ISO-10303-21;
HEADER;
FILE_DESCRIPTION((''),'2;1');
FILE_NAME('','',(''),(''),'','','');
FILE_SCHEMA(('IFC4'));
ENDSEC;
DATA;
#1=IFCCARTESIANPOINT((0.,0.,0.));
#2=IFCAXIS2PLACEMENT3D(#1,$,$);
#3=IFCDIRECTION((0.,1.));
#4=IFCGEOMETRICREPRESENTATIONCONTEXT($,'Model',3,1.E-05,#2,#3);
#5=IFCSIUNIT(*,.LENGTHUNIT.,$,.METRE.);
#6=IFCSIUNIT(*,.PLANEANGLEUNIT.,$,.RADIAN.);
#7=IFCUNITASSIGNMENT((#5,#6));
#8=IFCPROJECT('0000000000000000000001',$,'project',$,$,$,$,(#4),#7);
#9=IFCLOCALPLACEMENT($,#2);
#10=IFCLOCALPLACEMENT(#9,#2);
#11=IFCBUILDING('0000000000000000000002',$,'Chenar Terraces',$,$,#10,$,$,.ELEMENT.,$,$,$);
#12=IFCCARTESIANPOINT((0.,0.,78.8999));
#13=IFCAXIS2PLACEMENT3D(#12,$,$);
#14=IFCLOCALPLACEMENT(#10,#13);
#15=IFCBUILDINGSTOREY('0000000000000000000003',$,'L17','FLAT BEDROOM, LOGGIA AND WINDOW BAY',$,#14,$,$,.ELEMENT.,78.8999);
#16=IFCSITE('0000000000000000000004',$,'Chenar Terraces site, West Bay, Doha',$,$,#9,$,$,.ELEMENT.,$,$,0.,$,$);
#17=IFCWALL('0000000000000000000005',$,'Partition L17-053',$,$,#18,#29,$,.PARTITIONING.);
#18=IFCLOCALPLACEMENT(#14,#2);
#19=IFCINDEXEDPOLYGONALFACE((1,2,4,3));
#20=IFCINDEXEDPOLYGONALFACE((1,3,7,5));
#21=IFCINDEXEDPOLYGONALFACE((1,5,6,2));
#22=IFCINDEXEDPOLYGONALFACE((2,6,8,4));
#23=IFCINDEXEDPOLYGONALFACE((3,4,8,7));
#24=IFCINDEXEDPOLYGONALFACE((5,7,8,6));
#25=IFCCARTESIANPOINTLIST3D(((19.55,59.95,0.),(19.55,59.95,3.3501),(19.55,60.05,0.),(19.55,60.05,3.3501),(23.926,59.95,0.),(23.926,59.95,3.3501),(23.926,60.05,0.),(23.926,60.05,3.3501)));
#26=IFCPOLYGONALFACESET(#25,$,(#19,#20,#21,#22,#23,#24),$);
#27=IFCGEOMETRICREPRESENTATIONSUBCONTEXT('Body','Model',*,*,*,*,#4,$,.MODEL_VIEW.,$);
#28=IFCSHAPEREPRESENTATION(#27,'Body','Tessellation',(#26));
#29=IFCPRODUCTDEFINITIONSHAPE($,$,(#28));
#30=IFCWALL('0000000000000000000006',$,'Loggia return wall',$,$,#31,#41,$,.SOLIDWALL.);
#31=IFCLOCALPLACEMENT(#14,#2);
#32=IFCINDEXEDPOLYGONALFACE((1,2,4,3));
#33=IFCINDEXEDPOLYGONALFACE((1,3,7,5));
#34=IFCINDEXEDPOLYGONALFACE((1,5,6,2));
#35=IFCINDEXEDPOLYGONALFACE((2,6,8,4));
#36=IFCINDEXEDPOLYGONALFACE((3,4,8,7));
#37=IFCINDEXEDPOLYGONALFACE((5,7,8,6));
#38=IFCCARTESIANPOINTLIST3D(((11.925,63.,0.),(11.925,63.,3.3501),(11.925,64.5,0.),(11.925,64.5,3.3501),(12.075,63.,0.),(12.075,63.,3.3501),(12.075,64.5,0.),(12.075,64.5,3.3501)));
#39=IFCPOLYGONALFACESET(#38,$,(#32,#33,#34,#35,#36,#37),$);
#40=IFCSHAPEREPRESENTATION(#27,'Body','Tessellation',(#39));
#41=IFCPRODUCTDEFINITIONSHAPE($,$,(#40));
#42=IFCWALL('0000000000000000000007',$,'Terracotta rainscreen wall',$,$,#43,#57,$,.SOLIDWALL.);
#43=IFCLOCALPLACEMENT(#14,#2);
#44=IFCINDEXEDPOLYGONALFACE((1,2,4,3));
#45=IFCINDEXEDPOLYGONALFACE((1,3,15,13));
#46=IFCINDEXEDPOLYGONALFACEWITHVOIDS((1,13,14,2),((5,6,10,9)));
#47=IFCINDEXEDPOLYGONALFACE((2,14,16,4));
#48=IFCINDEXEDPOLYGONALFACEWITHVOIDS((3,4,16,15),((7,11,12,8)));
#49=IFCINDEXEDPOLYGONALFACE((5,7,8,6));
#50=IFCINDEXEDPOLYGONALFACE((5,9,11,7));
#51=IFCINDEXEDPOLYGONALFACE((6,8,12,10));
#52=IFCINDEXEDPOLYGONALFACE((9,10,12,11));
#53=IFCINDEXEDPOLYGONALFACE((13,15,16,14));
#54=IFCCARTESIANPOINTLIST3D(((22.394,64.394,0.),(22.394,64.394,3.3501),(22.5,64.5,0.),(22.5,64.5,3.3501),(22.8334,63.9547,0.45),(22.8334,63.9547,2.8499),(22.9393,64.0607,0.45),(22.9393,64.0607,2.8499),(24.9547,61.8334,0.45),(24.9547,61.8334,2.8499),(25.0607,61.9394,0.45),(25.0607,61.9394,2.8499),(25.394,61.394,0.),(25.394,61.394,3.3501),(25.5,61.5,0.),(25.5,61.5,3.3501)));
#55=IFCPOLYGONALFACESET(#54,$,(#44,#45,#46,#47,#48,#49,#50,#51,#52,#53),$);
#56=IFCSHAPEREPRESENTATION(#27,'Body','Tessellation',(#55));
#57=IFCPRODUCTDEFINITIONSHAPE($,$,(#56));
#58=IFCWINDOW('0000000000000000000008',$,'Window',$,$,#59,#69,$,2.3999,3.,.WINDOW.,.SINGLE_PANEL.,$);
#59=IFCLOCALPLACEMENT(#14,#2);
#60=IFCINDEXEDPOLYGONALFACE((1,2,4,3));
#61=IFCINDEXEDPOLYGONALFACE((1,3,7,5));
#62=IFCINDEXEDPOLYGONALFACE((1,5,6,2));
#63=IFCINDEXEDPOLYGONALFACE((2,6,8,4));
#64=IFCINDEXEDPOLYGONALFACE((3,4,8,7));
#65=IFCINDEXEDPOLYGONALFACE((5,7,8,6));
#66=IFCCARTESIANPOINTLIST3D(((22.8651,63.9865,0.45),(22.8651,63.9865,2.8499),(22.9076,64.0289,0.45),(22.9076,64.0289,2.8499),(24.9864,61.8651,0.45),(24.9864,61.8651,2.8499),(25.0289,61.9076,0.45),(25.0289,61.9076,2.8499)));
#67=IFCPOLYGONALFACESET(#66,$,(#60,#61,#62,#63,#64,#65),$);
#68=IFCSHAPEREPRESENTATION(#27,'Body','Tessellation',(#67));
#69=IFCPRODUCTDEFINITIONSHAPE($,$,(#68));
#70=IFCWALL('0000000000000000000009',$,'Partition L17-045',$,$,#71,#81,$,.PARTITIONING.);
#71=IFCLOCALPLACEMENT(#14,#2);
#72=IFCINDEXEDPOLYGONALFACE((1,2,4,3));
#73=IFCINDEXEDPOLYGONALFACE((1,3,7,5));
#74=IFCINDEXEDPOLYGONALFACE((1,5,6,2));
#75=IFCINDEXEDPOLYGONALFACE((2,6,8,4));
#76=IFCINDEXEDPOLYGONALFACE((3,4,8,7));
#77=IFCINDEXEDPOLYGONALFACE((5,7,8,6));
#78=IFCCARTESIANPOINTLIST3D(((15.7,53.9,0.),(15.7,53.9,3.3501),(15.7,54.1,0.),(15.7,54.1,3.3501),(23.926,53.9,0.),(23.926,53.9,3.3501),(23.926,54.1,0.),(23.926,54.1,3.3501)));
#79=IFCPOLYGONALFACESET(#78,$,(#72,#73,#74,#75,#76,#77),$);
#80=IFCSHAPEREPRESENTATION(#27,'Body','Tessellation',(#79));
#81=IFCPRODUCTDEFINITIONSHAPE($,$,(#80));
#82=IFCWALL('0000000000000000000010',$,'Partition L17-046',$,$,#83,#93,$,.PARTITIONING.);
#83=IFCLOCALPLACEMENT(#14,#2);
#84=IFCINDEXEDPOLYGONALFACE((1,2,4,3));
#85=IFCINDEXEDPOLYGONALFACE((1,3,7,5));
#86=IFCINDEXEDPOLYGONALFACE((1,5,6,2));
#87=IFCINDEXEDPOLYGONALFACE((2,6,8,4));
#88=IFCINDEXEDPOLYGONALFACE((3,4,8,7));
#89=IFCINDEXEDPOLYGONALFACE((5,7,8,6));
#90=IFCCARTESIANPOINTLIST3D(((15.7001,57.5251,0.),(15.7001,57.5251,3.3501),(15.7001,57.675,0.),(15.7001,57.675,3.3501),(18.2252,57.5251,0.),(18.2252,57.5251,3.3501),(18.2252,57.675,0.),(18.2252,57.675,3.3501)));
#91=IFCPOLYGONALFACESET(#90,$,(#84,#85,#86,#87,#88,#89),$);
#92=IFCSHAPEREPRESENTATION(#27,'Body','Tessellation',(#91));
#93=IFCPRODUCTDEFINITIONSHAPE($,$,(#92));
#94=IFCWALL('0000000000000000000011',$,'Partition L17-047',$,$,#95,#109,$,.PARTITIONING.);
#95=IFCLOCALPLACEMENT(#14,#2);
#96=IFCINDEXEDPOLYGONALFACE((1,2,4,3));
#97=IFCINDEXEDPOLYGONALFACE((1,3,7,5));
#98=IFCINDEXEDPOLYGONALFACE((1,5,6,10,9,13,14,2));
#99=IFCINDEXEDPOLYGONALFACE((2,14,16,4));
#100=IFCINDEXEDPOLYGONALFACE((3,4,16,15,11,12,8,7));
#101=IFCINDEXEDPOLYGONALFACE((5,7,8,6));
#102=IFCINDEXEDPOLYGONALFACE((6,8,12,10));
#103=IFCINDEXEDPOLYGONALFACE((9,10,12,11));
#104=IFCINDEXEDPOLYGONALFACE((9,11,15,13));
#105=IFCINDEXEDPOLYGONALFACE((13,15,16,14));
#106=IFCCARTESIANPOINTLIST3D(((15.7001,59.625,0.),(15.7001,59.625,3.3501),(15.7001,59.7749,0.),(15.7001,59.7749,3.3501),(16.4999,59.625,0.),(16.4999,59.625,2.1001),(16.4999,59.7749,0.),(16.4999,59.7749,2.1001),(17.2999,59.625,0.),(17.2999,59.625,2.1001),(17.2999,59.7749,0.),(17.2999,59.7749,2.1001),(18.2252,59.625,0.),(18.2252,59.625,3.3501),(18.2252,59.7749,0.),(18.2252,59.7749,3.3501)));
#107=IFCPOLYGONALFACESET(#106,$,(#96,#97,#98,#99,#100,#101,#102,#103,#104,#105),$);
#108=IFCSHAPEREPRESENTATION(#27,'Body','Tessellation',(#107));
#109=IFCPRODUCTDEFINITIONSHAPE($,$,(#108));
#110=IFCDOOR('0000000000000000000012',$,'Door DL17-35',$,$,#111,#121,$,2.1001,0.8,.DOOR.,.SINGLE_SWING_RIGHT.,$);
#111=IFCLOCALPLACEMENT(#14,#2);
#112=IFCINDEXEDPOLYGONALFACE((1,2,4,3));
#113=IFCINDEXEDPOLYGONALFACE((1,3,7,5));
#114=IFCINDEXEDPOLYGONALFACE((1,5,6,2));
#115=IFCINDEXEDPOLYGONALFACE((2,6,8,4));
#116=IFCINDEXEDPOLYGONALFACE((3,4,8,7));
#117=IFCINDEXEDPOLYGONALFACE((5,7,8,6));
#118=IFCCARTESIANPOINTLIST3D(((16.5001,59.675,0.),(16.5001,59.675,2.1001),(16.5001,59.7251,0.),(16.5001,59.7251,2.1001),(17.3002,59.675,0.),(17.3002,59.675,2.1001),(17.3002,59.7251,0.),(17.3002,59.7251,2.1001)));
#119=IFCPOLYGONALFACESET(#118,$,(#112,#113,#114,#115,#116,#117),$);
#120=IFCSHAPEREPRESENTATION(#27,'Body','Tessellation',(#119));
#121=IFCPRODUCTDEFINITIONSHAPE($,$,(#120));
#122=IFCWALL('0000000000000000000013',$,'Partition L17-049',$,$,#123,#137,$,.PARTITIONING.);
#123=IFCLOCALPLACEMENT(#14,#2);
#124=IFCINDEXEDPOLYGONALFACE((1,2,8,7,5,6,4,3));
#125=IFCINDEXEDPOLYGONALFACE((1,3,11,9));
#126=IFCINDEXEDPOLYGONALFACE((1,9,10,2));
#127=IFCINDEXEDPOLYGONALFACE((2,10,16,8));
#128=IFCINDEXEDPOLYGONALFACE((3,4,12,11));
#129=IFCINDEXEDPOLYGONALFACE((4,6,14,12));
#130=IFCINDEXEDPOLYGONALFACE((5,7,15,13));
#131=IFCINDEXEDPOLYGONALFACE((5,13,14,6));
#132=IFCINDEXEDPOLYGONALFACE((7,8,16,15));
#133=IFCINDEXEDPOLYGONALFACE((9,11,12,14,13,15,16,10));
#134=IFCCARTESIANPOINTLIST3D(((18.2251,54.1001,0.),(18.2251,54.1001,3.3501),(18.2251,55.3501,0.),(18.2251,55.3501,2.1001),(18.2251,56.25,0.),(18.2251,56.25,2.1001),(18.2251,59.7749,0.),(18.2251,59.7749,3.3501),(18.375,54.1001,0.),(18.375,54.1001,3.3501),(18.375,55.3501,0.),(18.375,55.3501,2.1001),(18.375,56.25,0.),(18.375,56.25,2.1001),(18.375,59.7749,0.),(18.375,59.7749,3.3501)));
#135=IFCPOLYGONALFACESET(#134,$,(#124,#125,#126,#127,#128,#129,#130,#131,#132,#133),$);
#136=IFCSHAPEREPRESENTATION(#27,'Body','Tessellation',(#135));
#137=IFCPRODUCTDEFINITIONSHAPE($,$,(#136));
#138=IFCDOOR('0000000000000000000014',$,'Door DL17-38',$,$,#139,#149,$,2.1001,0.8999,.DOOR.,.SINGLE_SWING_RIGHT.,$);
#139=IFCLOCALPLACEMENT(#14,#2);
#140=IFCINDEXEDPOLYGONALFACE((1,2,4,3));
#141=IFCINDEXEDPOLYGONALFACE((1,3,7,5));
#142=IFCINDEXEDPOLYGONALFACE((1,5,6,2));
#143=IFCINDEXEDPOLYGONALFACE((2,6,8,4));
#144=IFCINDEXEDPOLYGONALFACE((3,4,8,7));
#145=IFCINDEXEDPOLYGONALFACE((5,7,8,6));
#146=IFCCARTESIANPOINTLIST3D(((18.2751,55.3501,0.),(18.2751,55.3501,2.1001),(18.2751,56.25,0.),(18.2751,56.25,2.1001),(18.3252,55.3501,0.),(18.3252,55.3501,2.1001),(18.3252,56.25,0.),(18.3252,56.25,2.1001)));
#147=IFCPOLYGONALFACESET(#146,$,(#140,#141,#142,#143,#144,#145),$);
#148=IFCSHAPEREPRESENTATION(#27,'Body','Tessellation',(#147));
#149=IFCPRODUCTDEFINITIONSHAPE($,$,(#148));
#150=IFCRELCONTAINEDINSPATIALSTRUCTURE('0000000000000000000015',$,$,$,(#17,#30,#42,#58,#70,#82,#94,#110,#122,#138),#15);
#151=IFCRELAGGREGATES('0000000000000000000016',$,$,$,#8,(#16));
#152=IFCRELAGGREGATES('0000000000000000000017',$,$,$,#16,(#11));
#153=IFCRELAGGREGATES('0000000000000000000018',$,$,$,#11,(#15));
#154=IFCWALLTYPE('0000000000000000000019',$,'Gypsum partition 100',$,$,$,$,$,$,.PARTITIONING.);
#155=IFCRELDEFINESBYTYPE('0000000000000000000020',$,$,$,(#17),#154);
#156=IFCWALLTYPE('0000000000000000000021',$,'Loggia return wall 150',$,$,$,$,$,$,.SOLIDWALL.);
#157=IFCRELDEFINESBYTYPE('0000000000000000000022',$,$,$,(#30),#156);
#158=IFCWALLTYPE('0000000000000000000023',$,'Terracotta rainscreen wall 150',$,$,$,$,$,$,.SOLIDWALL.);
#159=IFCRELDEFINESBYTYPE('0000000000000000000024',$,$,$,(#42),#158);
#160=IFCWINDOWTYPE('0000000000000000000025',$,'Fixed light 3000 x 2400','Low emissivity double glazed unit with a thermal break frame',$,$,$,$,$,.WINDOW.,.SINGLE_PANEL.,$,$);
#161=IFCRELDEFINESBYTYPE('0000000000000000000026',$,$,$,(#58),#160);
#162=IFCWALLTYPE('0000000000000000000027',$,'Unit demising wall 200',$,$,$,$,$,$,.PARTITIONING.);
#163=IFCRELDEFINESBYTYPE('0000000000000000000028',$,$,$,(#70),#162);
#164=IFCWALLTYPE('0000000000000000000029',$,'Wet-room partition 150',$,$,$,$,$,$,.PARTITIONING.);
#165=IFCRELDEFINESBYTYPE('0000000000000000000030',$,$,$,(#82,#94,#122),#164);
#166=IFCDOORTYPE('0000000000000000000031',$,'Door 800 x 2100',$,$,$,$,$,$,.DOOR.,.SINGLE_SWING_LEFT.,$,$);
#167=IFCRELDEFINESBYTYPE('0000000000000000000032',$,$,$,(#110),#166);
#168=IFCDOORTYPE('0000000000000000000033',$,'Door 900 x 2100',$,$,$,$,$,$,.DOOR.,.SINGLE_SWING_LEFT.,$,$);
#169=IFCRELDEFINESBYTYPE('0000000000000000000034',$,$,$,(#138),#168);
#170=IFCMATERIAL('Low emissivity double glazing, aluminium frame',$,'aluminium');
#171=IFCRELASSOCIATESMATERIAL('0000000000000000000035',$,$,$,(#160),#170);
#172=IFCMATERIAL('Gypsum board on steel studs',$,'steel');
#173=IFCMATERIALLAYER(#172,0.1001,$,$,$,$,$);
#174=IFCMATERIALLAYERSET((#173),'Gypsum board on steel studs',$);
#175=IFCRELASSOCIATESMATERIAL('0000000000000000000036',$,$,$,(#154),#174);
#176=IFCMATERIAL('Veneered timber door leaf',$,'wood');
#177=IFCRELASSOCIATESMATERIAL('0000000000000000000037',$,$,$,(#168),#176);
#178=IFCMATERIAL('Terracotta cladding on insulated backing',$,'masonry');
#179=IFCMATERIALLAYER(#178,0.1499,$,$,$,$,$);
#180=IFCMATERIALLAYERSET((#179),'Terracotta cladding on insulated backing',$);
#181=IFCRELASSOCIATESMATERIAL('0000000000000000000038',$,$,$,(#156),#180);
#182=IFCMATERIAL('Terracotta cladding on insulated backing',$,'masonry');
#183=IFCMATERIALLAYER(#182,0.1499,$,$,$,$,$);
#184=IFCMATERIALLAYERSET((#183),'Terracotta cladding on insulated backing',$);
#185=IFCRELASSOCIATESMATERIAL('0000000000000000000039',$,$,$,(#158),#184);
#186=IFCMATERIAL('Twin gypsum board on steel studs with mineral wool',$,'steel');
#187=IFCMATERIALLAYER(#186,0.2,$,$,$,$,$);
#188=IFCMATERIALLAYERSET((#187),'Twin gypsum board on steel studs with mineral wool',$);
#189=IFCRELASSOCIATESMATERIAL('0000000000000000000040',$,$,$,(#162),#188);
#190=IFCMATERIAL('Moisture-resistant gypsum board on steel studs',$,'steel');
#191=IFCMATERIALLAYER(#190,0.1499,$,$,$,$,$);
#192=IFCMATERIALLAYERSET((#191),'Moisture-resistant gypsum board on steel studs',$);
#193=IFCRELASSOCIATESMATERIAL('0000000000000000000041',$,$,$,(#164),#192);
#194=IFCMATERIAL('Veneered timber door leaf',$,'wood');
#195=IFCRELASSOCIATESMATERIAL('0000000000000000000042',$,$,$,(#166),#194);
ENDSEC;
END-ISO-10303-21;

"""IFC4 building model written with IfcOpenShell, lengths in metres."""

from ifc_helpers import new_model, si_unit, direction, frame, frame_2d, origin, place, context, subcontext, project, spatial, rectangle, extrude, material, layer, layer_set, type_object, element, fill, save


model = new_model("IFC4")

# Units and contexts
model_context = context("Model", 3, precision=1e-05, world=origin(), true_north=direction((0.0, 1.0)))
body_context = subcontext(model_context, "Body", "Model", "MODEL_VIEW")
ifc_project = project(units=[si_unit("LENGTHUNIT", "METRE"), si_unit("PLANEANGLEUNIT", "RADIAN")], contexts=[model_context])

# Site, building, storey
site_placement = place(None, origin())
site = spatial("IfcSite", under=ifc_project, at=site_placement, Name="Chenar Terraces site, West Bay, Doha", CompositionType="ELEMENT", RefElevation=0.0)
building_placement = place(site_placement, origin())
building = spatial("IfcBuilding", under=site, at=building_placement, Name="Chenar Terraces", CompositionType="ELEMENT")
storey_placement = place(building_placement, frame((0.0, 0.0, 78.8999)))
storey = spatial("IfcBuildingStorey", under=building, at=storey_placement, Name="L17", Description="FLAT BEDROOM, LOGGIA AND WINDOW BAY", CompositionType="ELEMENT", Elevation=78.8999)

# Shared definitions
ifc_material_1 = material(Name="Low emissivity double glazing, aluminium frame", Category="aluminium")
window_type = type_object("IfcWindowType", Name="Fixed light 3000 x 2400", Description="Low emissivity double glazed unit with a thermal break frame", PartitioningType="SINGLE_PANEL", PredefinedType="WINDOW", material=ifc_material_1)

# Shared definitions
ifc_material_2 = material(Name="Gypsum board on steel studs", Category="steel")
ifc_layer_1 = layer(ifc_material_2, 0.1001)
ifc_layer_set_1 = layer_set([ifc_layer_1], Name="Gypsum board on steel studs")
wall_type_1 = type_object("IfcWallType", Name="Gypsum partition 100", PredefinedType="PARTITIONING", material=ifc_layer_set_1)
ifc_material_3 = material(Name="Veneered timber door leaf", Category="wood")
door_type_1 = type_object("IfcDoorType", Name="Door 900 x 2100", OperationType="SINGLE_SWING_LEFT", PredefinedType="DOOR", material=ifc_material_3)

# Walls
for number, where, z_axis, x_axis, name in (
    (1, (19.55, 60.0, 0.0), (0.0, 0.0, 1.0), (1.0, 0.0, 0.0), "Partition L17-053"),
):
    element("IfcWall", number, at=place(storey_placement, frame(where, z_axis=z_axis, x_axis=x_axis)), inside=storey, type_object=wall_type_1, Name=name, PredefinedType="PARTITIONING", context=body_context, shape_type="SweptSolid", body=[
        extrude(rectangle(XDim=4.376, YDim=0.1001, at=frame_2d((2.188, 0.0))), origin(), (0.0, 0.0, 1.0), 3.3501),
    ])
ifc_material_4 = material(Name="Terracotta cladding on insulated backing", Category="masonry")
ifc_layer_2 = layer(ifc_material_4, 0.1499)
ifc_layer_set_2 = layer_set([ifc_layer_2], Name="Terracotta cladding on insulated backing")
wall_type_2 = type_object("IfcWallType", Name="Loggia return wall 150", PredefinedType="SOLIDWALL", material=ifc_layer_set_2)
wall_1_placement = place(storey_placement, frame((12.0, 64.5, 0.0), z_axis=(0.0, 0.0, 1.0), x_axis=(0.0, -1.0, 0.0)))
element("IfcWall", 2, at=wall_1_placement, inside=storey, type_object=wall_type_2, Name="Loggia return wall", PredefinedType="SOLIDWALL", context=body_context, shape_type="SweptSolid", body=[
    extrude(rectangle(XDim=1.5, YDim=0.1499, at=frame_2d((0.75, 0.0))), origin(), (0.0, 0.0, 1.0), 3.3501),
])

# Wall, opening, window
ifc_material_5 = material(Name="Terracotta cladding on insulated backing", Category="masonry")
ifc_layer_3 = layer(ifc_material_5, 0.1499)
ifc_layer_set_3 = layer_set([ifc_layer_3], Name="Terracotta cladding on insulated backing")
wall_type_3 = type_object("IfcWallType", Name="Terracotta rainscreen wall 150", PredefinedType="SOLIDWALL", material=ifc_layer_set_3)
wall_2_placement = place(storey_placement, frame((25.447, 61.447, 0.0), z_axis=(0.0, 0.0, 1.0), x_axis=(-0.707107, 0.707107, 0.0)))
wall_2 = element("IfcWall", 3, at=wall_2_placement, inside=storey, type_object=wall_type_3, Name="Terracotta rainscreen wall", PredefinedType="SOLIDWALL", context=body_context, shape_type="SweptSolid", body=[
    extrude(rectangle(XDim=4.2427, YDim=0.1499, at=frame_2d((2.1213, 0.0))), origin(), (0.0, 0.0, 1.0), 3.3501),
])
opening_1_placement = place(wall_2_placement, frame((0.6213, 0.0, 0.45)))
opening_1 = element("IfcOpeningElement", 4, at=opening_1_placement, cuts=wall_2, PredefinedType="OPENING", context=body_context, shape_type="SweptSolid", body=[
    extrude(rectangle(XDim=3.0, YDim=2.3999, at=frame_2d((1.5, 1.2))), frame((0.0, 0.085, 0.0), z_axis=(0.0, -1.0, 0.0), x_axis=(1.0, 0.0, 0.0)), (0.0, 0.0, 1.0), 0.1699),
])
window_1_placement = place(opening_1_placement, origin())
window_1 = element("IfcWindow", 5, at=window_1_placement, inside=storey, type_object=window_type, Name="Window", OverallHeight=2.3999, OverallWidth=3.0, PartitioningType="SINGLE_PANEL", PredefinedType="WINDOW", context=body_context, shape_type="SweptSolid", body=[
    extrude(rectangle(XDim=3.0, YDim=2.3999, at=frame_2d((1.5, 1.2))), frame((0.0, 0.03, 0.0), z_axis=(0.0, -1.0, 0.0), x_axis=(1.0, 0.0, 0.0)), (0.0, 0.0, 1.0), 0.0601),
])
fill(opening_1, window_1)

# Walls
ifc_material_6 = material(Name="Twin gypsum board on steel studs with mineral wool", Category="steel")
ifc_layer_4 = layer(ifc_material_6, 0.2)
ifc_layer_set_4 = layer_set([ifc_layer_4], Name="Twin gypsum board on steel studs with mineral wool")
wall_type_4 = type_object("IfcWallType", Name="Unit demising wall 200", PredefinedType="PARTITIONING", material=ifc_layer_set_4)
wall_3_placement = place(storey_placement, frame((15.7, 54.0, 0.0), z_axis=(0.0, 0.0, 1.0), x_axis=(1.0, 0.0, 0.0)))
element("IfcWall", 6, at=wall_3_placement, inside=storey, type_object=wall_type_4, Name="Partition L17-045", PredefinedType="PARTITIONING", context=body_context, shape_type="SweptSolid", body=[
    extrude(rectangle(XDim=8.2261, YDim=0.2, at=frame_2d((4.113, 0.0))), origin(), (0.0, 0.0, 1.0), 3.3501),
])
ifc_material_7 = material(Name="Moisture-resistant gypsum board on steel studs", Category="steel")
ifc_layer_5 = layer(ifc_material_7, 0.1499)
ifc_layer_set_5 = layer_set([ifc_layer_5], Name="Moisture-resistant gypsum board on steel studs")
wall_type_5 = type_object("IfcWallType", Name="Wet-room partition 150", PredefinedType="PARTITIONING", material=ifc_layer_set_5)
wall_4_placement = place(storey_placement, frame((15.7, 57.6001, 0.0), z_axis=(0.0, 0.0, 1.0), x_axis=(1.0, 0.0, 0.0)))
element("IfcWall", 7, at=wall_4_placement, inside=storey, type_object=wall_type_5, Name="Partition L17-046", PredefinedType="PARTITIONING", context=body_context, shape_type="SweptSolid", body=[
    extrude(rectangle(XDim=2.5251, YDim=0.1499, at=frame_2d((1.2627, 0.0))), origin(), (0.0, 0.0, 1.0), 3.3501),
])

# Walls, openings, doors
wall_5_placement = place(storey_placement, frame((15.7, 59.7, 0.0), z_axis=(0.0, 0.0, 1.0), x_axis=(1.0, 0.0, 0.0)))
wall_5 = element("IfcWall", 8, at=wall_5_placement, inside=storey, type_object=wall_type_5, Name="Partition L17-047", PredefinedType="PARTITIONING", context=body_context, shape_type="SweptSolid", body=[
    extrude(rectangle(XDim=2.5251, YDim=0.1499, at=frame_2d((1.2627, 0.0))), origin(), (0.0, 0.0, 1.0), 3.3501),
])
opening_2_placement = place(wall_5_placement, frame((0.8, 0.0, 0.0)))
opening_2 = element("IfcOpeningElement", 9, at=opening_2_placement, cuts=wall_5, PredefinedType="OPENING", context=body_context, shape_type="SweptSolid", body=[
    extrude(rectangle(XDim=0.8, YDim=2.1001, at=frame_2d((0.3999, 1.05))), frame((0.0, 0.085, 0.0), z_axis=(0.0, -1.0, 0.0), x_axis=(1.0, 0.0, 0.0)), (0.0, 0.0, 1.0), 0.1699),
])
ifc_material_8 = material(Name="Veneered timber door leaf", Category="wood")
door_type_2 = type_object("IfcDoorType", Name="Door 800 x 2100", OperationType="SINGLE_SWING_LEFT", PredefinedType="DOOR", material=ifc_material_8)
door_1_placement = place(opening_2_placement, frame((0.8, 0.0, 0.0), z_axis=(0.0, 0.0, 1.0), x_axis=(-1.0, 0.0, 0.0)))
door_1 = element("IfcDoor", 10, at=door_1_placement, inside=storey, type_object=door_type_2, Name="Door DL17-35", OperationType="SINGLE_SWING_RIGHT", OverallHeight=2.1001, OverallWidth=0.8, PredefinedType="DOOR", context=body_context, shape_type="SweptSolid", body=[
    extrude(rectangle(XDim=0.8, YDim=2.1001, at=frame_2d((0.3999, 1.05))), frame((0.0, 0.0249, 0.0), z_axis=(0.0, -1.0, 0.0), x_axis=(1.0, 0.0, 0.0)), (0.0, 0.0, 1.0), 0.05),
])
fill(opening_2, door_1)
wall_6_placement = place(storey_placement, frame((18.3, 54.1001, 0.0), z_axis=(0.0, 0.0, 1.0), x_axis=(0.0, 1.0, 0.0)))
wall_6 = element("IfcWall", 11, at=wall_6_placement, inside=storey, type_object=wall_type_5, Name="Partition L17-049", PredefinedType="PARTITIONING", context=body_context, shape_type="SweptSolid", body=[
    extrude(rectangle(XDim=5.6748, YDim=0.1499, at=frame_2d((2.8374, 0.0))), origin(), (0.0, 0.0, 1.0), 3.3501),
])
opening_3_placement = place(wall_6_placement, frame((1.25, 0.0, 0.0)))
opening_3 = element("IfcOpeningElement", 12, at=opening_3_placement, cuts=wall_6, PredefinedType="OPENING", context=body_context, shape_type="SweptSolid", body=[
    extrude(rectangle(XDim=0.8999, YDim=2.1001, at=frame_2d((0.45, 1.05))), frame((0.0, 0.085, 0.0), z_axis=(0.0, -1.0, 0.0), x_axis=(1.0, 0.0, 0.0)), (0.0, 0.0, 1.0), 0.1699),
])
door_2_placement = place(opening_3_placement, origin())
door_2 = element("IfcDoor", 13, at=door_2_placement, inside=storey, type_object=door_type_1, Name="Door DL17-38", OperationType="SINGLE_SWING_RIGHT", OverallHeight=2.1001, OverallWidth=0.8999, PredefinedType="DOOR", context=body_context, shape_type="SweptSolid", body=[
    extrude(rectangle(XDim=0.8999, YDim=2.1001, at=frame_2d((0.45, 1.05))), frame((0.0, 0.0249, 0.0), z_axis=(0.0, -1.0, 0.0), x_axis=(1.0, 0.0, 0.0)), (0.0, 0.0, 1.0), 0.05),
])
fill(opening_3, door_2)

save(model, "model.ifc")
